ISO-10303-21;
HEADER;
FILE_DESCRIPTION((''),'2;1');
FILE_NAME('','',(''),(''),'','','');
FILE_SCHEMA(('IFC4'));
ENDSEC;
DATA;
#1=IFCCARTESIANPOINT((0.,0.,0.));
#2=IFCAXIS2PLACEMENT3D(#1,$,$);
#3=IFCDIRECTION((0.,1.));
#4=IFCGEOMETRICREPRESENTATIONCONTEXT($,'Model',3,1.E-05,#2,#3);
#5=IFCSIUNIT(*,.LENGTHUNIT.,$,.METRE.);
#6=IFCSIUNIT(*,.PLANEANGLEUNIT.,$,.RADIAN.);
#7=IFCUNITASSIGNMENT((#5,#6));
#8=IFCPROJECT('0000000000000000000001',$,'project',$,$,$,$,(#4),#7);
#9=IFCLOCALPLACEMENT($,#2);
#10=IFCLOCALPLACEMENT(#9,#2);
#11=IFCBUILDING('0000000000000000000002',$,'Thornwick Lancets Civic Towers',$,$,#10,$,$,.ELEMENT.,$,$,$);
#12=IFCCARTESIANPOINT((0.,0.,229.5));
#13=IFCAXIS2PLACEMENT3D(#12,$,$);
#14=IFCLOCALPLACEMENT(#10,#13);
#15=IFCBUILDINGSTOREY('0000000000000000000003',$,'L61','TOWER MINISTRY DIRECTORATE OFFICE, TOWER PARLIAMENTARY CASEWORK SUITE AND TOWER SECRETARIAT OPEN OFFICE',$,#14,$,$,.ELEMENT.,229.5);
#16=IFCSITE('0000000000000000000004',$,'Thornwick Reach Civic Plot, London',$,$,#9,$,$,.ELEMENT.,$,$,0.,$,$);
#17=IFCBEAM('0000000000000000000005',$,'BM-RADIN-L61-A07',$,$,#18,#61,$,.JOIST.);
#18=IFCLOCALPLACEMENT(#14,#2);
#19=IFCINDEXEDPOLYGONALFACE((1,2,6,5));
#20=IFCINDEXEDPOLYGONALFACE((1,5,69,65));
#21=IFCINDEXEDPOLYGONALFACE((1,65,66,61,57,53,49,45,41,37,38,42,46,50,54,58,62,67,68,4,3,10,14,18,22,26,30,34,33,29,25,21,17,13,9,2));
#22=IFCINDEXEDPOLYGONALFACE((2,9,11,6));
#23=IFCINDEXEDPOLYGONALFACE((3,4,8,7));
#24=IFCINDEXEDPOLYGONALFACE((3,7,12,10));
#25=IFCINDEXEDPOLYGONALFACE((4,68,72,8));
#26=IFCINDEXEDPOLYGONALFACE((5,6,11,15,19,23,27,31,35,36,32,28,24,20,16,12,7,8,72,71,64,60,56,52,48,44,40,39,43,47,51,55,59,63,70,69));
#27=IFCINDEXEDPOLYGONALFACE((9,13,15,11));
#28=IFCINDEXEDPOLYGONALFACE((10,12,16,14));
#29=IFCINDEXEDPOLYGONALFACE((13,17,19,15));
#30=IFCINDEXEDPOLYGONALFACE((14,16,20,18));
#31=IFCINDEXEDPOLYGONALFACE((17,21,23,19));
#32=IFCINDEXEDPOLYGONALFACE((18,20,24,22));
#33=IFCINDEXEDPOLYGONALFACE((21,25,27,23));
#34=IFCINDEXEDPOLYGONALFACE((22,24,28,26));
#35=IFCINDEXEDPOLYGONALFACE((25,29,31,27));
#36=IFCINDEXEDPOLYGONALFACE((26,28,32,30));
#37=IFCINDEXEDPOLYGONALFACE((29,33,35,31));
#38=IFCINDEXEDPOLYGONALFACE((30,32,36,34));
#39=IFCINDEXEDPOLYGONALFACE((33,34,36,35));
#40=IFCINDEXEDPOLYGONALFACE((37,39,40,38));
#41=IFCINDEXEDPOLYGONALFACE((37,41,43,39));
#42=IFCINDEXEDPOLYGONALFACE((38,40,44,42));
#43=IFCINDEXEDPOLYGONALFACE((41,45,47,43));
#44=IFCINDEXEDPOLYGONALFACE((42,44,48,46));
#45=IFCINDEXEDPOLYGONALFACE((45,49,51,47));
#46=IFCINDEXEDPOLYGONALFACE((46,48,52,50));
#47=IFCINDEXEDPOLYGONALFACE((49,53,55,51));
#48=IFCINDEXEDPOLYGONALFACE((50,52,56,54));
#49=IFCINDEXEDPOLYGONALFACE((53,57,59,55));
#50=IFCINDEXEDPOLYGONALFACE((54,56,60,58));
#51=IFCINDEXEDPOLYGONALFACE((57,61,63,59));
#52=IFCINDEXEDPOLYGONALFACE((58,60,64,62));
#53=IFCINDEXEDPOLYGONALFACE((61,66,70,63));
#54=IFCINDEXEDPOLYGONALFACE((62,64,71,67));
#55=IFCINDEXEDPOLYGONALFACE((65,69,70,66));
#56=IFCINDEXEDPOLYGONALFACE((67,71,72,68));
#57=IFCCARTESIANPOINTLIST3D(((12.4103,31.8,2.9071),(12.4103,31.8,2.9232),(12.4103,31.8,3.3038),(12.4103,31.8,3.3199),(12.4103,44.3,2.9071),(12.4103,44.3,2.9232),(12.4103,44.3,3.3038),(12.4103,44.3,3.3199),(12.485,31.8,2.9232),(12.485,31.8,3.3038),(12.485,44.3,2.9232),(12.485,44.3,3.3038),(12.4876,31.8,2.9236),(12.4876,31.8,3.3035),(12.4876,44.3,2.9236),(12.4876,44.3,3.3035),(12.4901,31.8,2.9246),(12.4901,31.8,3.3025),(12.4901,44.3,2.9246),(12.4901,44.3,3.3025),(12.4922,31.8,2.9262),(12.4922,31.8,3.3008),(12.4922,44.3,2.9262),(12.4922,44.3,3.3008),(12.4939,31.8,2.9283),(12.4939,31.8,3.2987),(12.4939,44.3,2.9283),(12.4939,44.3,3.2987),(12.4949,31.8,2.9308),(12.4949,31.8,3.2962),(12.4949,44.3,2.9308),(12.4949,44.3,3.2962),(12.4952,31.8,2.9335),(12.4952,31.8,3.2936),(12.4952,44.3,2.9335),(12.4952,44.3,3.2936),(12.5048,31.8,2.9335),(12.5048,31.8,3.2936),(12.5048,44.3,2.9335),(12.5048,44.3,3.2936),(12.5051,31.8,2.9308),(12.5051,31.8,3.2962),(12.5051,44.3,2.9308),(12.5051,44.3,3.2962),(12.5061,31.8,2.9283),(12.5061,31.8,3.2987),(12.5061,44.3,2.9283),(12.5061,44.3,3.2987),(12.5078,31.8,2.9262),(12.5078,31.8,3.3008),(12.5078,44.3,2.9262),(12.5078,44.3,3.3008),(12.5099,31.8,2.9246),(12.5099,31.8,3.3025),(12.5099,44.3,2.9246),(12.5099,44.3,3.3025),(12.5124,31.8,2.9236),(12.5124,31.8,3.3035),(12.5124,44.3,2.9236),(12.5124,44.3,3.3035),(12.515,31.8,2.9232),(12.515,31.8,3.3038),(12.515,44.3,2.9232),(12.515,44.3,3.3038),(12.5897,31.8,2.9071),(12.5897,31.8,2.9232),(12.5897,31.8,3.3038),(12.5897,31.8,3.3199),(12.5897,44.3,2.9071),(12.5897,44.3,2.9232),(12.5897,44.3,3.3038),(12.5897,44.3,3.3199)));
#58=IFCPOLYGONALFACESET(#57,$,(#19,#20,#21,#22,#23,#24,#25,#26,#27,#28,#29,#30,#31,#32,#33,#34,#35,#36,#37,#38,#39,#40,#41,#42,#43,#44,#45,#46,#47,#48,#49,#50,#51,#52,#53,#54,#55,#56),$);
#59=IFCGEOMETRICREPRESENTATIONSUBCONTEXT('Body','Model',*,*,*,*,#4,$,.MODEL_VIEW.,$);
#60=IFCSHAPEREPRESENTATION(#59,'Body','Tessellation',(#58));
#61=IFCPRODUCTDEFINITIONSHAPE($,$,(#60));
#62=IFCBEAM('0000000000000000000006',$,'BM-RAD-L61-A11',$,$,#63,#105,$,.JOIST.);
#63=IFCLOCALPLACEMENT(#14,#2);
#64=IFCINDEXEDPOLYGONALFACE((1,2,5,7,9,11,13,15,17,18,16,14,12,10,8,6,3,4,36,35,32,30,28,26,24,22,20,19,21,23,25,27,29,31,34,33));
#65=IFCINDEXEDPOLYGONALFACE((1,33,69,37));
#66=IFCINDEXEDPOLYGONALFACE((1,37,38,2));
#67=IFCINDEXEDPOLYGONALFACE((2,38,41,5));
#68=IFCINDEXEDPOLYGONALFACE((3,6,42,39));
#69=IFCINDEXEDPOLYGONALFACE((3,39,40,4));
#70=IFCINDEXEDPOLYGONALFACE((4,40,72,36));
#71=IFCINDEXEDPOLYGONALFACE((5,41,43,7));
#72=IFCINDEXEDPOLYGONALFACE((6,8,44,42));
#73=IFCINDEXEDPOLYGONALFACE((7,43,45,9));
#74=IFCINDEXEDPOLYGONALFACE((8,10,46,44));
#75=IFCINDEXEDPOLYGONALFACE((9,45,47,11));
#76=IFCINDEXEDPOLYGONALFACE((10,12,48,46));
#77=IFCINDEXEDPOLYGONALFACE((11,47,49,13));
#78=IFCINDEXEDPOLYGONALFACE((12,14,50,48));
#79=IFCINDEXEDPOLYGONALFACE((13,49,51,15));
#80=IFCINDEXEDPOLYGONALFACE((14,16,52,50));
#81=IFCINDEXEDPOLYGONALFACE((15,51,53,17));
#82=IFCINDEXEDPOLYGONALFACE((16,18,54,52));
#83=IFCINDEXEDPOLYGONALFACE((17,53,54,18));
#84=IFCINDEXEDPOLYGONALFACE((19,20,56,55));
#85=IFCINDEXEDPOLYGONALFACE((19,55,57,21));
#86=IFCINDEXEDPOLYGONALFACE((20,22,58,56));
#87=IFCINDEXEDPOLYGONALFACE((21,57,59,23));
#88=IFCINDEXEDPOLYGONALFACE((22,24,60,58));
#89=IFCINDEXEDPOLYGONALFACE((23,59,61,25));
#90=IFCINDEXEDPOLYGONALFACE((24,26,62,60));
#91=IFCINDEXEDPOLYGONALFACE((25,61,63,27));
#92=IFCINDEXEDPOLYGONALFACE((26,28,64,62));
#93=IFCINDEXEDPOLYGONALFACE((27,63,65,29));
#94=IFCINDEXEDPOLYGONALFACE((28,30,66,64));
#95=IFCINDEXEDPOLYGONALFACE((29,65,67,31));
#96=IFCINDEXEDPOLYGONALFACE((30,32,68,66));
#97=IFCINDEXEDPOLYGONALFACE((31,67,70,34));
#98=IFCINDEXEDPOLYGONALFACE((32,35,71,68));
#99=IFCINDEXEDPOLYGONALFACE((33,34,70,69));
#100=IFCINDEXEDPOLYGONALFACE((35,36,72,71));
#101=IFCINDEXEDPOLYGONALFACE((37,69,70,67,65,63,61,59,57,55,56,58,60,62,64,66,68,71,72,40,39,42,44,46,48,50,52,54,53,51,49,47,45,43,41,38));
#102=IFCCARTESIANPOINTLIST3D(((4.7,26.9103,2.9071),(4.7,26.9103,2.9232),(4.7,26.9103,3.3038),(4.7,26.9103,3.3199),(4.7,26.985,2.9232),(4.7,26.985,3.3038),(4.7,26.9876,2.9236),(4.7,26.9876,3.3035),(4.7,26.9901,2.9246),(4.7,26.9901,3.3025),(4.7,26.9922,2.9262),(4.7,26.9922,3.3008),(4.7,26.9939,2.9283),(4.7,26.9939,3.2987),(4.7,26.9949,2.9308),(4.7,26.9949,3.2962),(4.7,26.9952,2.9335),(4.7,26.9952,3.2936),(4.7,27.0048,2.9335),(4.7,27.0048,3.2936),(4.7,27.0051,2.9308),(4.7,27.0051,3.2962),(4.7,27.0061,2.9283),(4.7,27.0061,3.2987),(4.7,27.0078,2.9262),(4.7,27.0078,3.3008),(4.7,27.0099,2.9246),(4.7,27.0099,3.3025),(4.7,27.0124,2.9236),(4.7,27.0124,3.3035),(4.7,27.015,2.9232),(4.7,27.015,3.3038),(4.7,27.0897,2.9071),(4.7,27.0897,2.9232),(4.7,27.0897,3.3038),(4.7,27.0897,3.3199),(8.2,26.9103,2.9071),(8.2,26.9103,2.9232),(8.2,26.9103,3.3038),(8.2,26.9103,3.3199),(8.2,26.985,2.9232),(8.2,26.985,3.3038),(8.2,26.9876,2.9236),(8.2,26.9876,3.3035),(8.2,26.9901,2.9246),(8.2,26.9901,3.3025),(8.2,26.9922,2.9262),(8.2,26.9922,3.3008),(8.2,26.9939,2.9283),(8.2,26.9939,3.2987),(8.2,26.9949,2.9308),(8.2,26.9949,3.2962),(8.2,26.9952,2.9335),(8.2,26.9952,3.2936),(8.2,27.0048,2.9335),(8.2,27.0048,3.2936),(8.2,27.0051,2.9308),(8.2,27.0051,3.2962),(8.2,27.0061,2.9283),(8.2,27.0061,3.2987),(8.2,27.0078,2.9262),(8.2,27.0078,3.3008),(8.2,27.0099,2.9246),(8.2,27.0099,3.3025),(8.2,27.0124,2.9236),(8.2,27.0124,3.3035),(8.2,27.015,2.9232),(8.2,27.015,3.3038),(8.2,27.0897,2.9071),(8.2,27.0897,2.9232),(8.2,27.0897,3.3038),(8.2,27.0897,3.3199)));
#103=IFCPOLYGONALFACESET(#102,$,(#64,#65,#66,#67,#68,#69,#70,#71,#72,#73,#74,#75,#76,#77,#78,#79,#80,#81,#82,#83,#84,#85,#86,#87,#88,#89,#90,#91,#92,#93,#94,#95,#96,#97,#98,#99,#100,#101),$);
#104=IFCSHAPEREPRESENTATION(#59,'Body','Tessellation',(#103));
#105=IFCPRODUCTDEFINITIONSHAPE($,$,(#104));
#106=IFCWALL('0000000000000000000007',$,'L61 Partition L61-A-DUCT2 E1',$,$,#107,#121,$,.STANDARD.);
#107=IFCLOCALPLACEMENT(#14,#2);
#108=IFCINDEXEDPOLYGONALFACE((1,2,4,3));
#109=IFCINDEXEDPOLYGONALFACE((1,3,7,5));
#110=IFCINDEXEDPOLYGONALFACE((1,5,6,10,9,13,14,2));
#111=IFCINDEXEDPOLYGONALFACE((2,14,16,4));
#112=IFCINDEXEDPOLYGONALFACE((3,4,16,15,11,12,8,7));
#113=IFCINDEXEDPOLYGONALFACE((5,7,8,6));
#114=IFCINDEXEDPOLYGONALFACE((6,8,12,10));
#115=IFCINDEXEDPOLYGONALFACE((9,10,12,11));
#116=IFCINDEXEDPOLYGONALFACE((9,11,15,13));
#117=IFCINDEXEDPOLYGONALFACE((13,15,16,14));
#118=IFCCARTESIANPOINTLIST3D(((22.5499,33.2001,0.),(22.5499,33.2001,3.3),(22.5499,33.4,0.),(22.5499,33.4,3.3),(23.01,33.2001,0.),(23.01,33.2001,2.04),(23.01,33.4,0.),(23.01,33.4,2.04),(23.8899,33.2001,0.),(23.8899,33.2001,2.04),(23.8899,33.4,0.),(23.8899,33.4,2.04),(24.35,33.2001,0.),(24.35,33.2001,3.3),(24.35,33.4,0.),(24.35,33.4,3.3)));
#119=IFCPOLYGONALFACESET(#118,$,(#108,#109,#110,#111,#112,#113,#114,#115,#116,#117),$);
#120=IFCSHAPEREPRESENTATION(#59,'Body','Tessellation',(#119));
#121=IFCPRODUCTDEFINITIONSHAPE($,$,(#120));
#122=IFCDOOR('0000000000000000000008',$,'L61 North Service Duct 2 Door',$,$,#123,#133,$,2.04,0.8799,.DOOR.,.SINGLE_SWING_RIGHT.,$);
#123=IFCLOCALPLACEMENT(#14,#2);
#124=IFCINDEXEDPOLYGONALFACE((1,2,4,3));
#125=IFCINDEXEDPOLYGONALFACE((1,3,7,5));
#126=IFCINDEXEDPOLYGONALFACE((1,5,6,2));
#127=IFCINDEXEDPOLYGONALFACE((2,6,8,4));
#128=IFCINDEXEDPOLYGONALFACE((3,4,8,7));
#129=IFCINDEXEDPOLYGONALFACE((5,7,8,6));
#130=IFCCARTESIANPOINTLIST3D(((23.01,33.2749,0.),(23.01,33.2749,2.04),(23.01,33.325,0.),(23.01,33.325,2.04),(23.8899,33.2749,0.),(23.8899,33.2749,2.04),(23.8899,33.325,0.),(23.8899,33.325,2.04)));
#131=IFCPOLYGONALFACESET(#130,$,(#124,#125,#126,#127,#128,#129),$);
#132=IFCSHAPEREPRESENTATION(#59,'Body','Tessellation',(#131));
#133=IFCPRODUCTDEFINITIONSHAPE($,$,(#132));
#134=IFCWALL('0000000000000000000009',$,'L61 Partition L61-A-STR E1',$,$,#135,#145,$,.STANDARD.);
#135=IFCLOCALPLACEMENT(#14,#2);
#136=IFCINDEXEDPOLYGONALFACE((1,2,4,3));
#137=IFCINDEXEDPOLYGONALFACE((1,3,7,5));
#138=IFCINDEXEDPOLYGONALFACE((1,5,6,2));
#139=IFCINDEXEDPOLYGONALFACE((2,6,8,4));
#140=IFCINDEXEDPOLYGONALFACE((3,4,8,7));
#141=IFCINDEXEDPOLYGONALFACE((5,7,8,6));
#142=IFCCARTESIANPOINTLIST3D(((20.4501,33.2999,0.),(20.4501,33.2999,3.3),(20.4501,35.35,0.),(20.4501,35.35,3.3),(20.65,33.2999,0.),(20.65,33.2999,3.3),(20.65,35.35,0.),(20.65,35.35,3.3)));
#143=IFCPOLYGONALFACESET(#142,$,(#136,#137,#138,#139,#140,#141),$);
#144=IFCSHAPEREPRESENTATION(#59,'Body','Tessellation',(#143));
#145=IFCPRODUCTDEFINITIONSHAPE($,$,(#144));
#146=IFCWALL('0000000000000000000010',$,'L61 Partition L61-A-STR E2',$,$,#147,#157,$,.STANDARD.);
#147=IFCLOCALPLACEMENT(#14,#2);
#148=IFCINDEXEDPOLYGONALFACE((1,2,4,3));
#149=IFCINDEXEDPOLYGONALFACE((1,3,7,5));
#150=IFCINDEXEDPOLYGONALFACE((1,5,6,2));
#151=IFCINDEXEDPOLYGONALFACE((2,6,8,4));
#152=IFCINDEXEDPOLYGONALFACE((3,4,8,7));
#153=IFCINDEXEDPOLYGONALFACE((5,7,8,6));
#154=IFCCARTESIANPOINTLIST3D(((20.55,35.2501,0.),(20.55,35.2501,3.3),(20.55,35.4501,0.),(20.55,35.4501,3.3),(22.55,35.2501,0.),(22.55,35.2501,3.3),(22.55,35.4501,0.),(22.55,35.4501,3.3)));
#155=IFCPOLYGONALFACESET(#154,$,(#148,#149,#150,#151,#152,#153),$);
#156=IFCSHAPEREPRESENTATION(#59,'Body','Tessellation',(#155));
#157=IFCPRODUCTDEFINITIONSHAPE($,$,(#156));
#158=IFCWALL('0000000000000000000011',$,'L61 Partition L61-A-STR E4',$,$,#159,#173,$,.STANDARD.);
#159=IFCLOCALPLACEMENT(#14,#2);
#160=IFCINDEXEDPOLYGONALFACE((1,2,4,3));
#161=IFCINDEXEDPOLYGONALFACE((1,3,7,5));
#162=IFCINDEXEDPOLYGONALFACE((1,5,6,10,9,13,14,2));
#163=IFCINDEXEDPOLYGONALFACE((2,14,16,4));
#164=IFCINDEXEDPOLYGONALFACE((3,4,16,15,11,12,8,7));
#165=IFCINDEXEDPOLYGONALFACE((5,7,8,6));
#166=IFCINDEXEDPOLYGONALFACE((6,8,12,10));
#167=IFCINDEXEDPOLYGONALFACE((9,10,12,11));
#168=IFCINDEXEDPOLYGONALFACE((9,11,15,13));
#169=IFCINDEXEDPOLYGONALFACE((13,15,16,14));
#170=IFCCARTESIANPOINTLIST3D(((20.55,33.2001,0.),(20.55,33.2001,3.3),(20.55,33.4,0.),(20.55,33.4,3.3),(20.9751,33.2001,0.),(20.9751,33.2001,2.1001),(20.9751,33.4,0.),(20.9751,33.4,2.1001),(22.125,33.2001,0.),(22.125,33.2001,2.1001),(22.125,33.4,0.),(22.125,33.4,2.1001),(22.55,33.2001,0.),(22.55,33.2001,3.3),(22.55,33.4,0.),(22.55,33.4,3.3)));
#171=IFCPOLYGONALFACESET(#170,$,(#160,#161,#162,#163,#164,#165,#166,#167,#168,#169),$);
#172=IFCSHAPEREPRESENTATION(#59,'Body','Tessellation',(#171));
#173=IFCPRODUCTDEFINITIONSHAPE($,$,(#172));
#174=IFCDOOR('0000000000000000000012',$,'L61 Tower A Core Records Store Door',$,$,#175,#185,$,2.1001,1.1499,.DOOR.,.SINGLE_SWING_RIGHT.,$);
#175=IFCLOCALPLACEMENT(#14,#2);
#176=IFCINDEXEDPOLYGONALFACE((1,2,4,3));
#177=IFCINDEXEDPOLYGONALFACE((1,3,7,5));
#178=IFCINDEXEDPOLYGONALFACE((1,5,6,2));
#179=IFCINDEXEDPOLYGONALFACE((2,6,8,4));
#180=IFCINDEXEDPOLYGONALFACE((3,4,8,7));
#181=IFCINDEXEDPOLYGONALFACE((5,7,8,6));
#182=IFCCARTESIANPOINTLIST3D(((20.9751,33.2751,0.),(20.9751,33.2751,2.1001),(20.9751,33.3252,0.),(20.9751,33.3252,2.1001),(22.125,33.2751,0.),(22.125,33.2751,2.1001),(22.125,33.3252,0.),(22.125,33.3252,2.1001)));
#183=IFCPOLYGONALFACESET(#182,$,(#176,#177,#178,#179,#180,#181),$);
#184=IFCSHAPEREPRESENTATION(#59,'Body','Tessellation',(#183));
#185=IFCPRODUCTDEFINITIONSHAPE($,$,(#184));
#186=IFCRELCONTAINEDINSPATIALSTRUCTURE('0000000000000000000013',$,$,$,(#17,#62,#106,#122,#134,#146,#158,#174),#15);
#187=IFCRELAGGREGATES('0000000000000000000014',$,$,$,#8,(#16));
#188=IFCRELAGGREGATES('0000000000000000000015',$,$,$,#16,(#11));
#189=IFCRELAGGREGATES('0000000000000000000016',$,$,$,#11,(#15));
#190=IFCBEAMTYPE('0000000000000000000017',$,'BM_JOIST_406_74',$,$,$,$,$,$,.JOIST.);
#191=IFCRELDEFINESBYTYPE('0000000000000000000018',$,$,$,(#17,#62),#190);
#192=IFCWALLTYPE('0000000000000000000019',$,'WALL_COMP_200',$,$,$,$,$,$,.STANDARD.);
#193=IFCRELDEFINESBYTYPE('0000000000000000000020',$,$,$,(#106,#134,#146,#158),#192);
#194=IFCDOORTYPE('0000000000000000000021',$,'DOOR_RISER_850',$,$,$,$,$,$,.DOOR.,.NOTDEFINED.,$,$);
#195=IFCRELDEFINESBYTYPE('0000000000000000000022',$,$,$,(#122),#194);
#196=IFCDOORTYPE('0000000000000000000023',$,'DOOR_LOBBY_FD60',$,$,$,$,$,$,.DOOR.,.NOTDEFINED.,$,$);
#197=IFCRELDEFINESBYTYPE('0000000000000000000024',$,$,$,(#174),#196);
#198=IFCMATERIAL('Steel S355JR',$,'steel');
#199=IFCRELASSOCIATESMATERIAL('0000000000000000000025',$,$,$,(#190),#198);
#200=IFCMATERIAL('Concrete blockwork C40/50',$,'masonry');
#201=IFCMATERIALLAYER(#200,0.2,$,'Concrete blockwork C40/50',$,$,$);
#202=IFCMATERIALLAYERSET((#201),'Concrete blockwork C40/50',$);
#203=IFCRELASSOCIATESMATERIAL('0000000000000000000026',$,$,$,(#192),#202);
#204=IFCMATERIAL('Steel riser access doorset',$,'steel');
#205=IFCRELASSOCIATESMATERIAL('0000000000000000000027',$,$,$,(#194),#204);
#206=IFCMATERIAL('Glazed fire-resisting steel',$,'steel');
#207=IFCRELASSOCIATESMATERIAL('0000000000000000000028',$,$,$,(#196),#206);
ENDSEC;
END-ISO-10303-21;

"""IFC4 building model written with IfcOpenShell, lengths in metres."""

from ifc_helpers import new_model, si_unit, direction, frame, frame_2d, origin, origin_2d, place, context, subcontext, project, spatial, rectangle, i_section, extrude, material, layer, layer_set, material_profile, profile_set, type_object, element, fill, save


model = new_model("IFC4")

# Units and contexts
model_context = context("Model", 3, precision=1e-05, world=origin(), true_north=direction((0.0, 1.0)))
body_context = subcontext(model_context, "Body", "Model", "MODEL_VIEW")
ifc_project = project(units=[si_unit("LENGTHUNIT", "METRE"), si_unit("PLANEANGLEUNIT", "RADIAN")], contexts=[model_context])

# Site, building, storey
site_placement = place(None, origin())
site = spatial("IfcSite", under=ifc_project, at=site_placement, Name="Thornwick Reach Civic Plot, London", CompositionType="ELEMENT", RefElevation=0.0)
building_placement = place(site_placement, origin())
building = spatial("IfcBuilding", under=site, at=building_placement, Name="Thornwick Lancets Civic Towers", CompositionType="ELEMENT")
storey_placement = place(building_placement, frame((0.0, 0.0, 229.5)))
storey = spatial("IfcBuildingStorey", under=building, at=storey_placement, Name="L61", Description="TOWER MINISTRY DIRECTORATE OFFICE, TOWER PARLIAMENTARY CASEWORK SUITE AND TOWER SECRETARIAT OPEN OFFICE", CompositionType="ELEMENT", Elevation=229.5)

# Shared definitions
ifc_material_1 = material(Name="Steel S355JR", Category="steel")

# Beams
ifc_material_profile_1 = material_profile(ifc_material_1, i_section(OverallWidth=0.1794, OverallDepth=0.4128, WebThickness=0.0095, FlangeThickness=0.0161, FilletRadius=0.0103, at=origin_2d()), Name="UKB 406x178x74")
ifc_profile_set_1 = profile_set([ifc_material_profile_1], Name="Steel S355JR")
beam_type_1 = type_object("IfcBeamType", Name="BM_JOIST_406_74", PredefinedType="JOIST", material=ifc_profile_set_1)
beam_1_placement = place(storey_placement, frame((12.5, 31.8, 3.1135), z_axis=(0.0, 1.0, 0.0), x_axis=(-1.0, 0.0, 0.0)))
element("IfcBeam", 1, at=beam_1_placement, inside=storey, type_object=beam_type_1, Name="BM-RADIN-L61-A07", PredefinedType="JOIST", context=body_context, shape_type="SweptSolid", body=[
    extrude(i_section(OverallWidth=0.1794, OverallDepth=0.4128, WebThickness=0.0095, FlangeThickness=0.0161, FilletRadius=0.0103, at=origin_2d()), origin(), (0.0, 0.0, 1.0), 12.5),
])
beam_2_placement = place(storey_placement, frame((8.2, 27.0, 3.1135), z_axis=(-1.0, 0.0, 0.0), x_axis=(0.0, -1.0, 0.0)))
element("IfcBeam", 2, at=beam_2_placement, inside=storey, type_object=beam_type_1, Name="BM-RAD-L61-A11", PredefinedType="JOIST", context=body_context, shape_type="SweptSolid", body=[
    extrude(i_section(OverallWidth=0.1794, OverallDepth=0.4128, WebThickness=0.0095, FlangeThickness=0.0161, FilletRadius=0.0103, at=origin_2d()), origin(), (0.0, 0.0, 1.0), 3.5),
])

# Wall, opening, door
ifc_material_2 = material(Name="Concrete blockwork C40/50", Category="masonry")
ifc_layer_1 = layer(ifc_material_2, 0.2, Name="Concrete blockwork C40/50")
ifc_layer_set_1 = layer_set([ifc_layer_1], Name="Concrete blockwork C40/50")
wall_type_1 = type_object("IfcWallType", Name="WALL_COMP_200", PredefinedType="STANDARD", material=ifc_layer_set_1)
wall_1_placement = place(storey_placement, frame((22.55, 33.3, 0.0), z_axis=(0.0, 0.0, 1.0), x_axis=(1.0, 0.0, 0.0)))
wall_1 = element("IfcWall", 3, at=wall_1_placement, inside=storey, type_object=wall_type_1, Name="L61 Partition L61-A-DUCT2 E1", PredefinedType="STANDARD", context=body_context, shape_type="SweptSolid", body=[
    extrude(rectangle(XDim=1.8, YDim=0.2, at=frame_2d((0.8999, 0.0))), origin(), (0.0, 0.0, 1.0), 3.3),
])
opening_1_placement = place(wall_1_placement, frame((0.46, 0.0, 0.0)))
opening_1 = element("IfcOpeningElement", 4, at=opening_1_placement, cuts=wall_1, PredefinedType="OPENING", context=body_context, shape_type="SweptSolid", body=[
    extrude(rectangle(XDim=0.8799, YDim=2.04, at=frame_2d((0.4399, 1.02))), frame((0.0, 0.1099, 0.0), z_axis=(0.0, -1.0, 0.0), x_axis=(1.0, 0.0, 0.0)), (0.0, 0.0, 1.0), 0.22),
])
ifc_material_3 = material(Name="Steel riser access doorset", Category="steel")
door_type_1 = type_object("IfcDoorType", Name="DOOR_RISER_850", OperationType="NOTDEFINED", PredefinedType="DOOR", material=ifc_material_3)
door_1_placement = place(opening_1_placement, origin())
door_1 = element("IfcDoor", 5, at=door_1_placement, inside=storey, type_object=door_type_1, Name="L61 North Service Duct 2 Door", OperationType="SINGLE_SWING_RIGHT", OverallHeight=2.04, OverallWidth=0.8799, PredefinedType="DOOR", context=body_context, shape_type="SweptSolid", body=[
    extrude(rectangle(XDim=0.8799, YDim=2.04, at=frame_2d((0.4399, 1.02))), frame((0.0, 0.0249, 0.0), z_axis=(0.0, -1.0, 0.0), x_axis=(1.0, 0.0, 0.0)), (0.0, 0.0, 1.0), 0.05),
])
fill(opening_1, door_1)

# Walls
wall_2_placement = place(storey_placement, frame((20.55, 33.3, 0.0), z_axis=(0.0, 0.0, 1.0), x_axis=(0.0, 1.0, 0.0)))
element("IfcWall", 6, at=wall_2_placement, inside=storey, type_object=wall_type_1, Name="L61 Partition L61-A-STR E1", PredefinedType="STANDARD", context=body_context, shape_type="SweptSolid", body=[
    extrude(rectangle(XDim=2.05, YDim=0.2, at=frame_2d((1.0249, 0.0))), origin(), (0.0, 0.0, 1.0), 3.3),
])
wall_3_placement = place(storey_placement, frame((20.55, 35.3501, 0.0), z_axis=(0.0, 0.0, 1.0), x_axis=(1.0, 0.0, 0.0)))
element("IfcWall", 7, at=wall_3_placement, inside=storey, type_object=wall_type_1, Name="L61 Partition L61-A-STR E2", PredefinedType="STANDARD", context=body_context, shape_type="SweptSolid", body=[
    extrude(rectangle(XDim=2.0, YDim=0.2, at=frame_2d((1.0, 0.0))), origin(), (0.0, 0.0, 1.0), 3.3),
])

# Wall, opening, door
wall_4_placement = place(storey_placement, frame((22.55, 33.3, 0.0), z_axis=(0.0, 0.0, 1.0), x_axis=(-1.0, 0.0, 0.0)))
wall_4 = element("IfcWall", 8, at=wall_4_placement, inside=storey, type_object=wall_type_1, Name="L61 Partition L61-A-STR E4", PredefinedType="STANDARD", context=body_context, shape_type="SweptSolid", body=[
    extrude(rectangle(XDim=2.0, YDim=0.2, at=frame_2d((1.0, 0.0))), origin(), (0.0, 0.0, 1.0), 3.3),
])
opening_2_placement = place(wall_4_placement, frame((0.425, 0.0, 0.0)))
opening_2 = element("IfcOpeningElement", 9, at=opening_2_placement, cuts=wall_4, PredefinedType="OPENING", context=body_context, shape_type="SweptSolid", body=[
    extrude(rectangle(XDim=1.1499, YDim=2.1001, at=frame_2d((0.575, 1.05))), frame((0.0, 0.1099, 0.0), z_axis=(0.0, -1.0, 0.0), x_axis=(1.0, 0.0, 0.0)), (0.0, 0.0, 1.0), 0.22),
])
ifc_material_4 = material(Name="Glazed fire-resisting steel", Category="steel")
door_type_2 = type_object("IfcDoorType", Name="DOOR_LOBBY_FD60", OperationType="NOTDEFINED", PredefinedType="DOOR", material=ifc_material_4)
door_2_placement = place(opening_2_placement, origin())
door_2 = element("IfcDoor", 10, at=door_2_placement, inside=storey, type_object=door_type_2, Name="L61 Tower A Core Records Store Door", OperationType="SINGLE_SWING_RIGHT", OverallHeight=2.1001, OverallWidth=1.1499, PredefinedType="DOOR", context=body_context, shape_type="SweptSolid", body=[
    extrude(rectangle(XDim=1.1499, YDim=2.1001, at=frame_2d((0.575, 1.05))), frame((0.0, 0.0249, 0.0), z_axis=(0.0, -1.0, 0.0), x_axis=(1.0, 0.0, 0.0)), (0.0, 0.0, 1.0), 0.05),
])
fill(opening_2, door_2)

save(model, "model.ifc")
